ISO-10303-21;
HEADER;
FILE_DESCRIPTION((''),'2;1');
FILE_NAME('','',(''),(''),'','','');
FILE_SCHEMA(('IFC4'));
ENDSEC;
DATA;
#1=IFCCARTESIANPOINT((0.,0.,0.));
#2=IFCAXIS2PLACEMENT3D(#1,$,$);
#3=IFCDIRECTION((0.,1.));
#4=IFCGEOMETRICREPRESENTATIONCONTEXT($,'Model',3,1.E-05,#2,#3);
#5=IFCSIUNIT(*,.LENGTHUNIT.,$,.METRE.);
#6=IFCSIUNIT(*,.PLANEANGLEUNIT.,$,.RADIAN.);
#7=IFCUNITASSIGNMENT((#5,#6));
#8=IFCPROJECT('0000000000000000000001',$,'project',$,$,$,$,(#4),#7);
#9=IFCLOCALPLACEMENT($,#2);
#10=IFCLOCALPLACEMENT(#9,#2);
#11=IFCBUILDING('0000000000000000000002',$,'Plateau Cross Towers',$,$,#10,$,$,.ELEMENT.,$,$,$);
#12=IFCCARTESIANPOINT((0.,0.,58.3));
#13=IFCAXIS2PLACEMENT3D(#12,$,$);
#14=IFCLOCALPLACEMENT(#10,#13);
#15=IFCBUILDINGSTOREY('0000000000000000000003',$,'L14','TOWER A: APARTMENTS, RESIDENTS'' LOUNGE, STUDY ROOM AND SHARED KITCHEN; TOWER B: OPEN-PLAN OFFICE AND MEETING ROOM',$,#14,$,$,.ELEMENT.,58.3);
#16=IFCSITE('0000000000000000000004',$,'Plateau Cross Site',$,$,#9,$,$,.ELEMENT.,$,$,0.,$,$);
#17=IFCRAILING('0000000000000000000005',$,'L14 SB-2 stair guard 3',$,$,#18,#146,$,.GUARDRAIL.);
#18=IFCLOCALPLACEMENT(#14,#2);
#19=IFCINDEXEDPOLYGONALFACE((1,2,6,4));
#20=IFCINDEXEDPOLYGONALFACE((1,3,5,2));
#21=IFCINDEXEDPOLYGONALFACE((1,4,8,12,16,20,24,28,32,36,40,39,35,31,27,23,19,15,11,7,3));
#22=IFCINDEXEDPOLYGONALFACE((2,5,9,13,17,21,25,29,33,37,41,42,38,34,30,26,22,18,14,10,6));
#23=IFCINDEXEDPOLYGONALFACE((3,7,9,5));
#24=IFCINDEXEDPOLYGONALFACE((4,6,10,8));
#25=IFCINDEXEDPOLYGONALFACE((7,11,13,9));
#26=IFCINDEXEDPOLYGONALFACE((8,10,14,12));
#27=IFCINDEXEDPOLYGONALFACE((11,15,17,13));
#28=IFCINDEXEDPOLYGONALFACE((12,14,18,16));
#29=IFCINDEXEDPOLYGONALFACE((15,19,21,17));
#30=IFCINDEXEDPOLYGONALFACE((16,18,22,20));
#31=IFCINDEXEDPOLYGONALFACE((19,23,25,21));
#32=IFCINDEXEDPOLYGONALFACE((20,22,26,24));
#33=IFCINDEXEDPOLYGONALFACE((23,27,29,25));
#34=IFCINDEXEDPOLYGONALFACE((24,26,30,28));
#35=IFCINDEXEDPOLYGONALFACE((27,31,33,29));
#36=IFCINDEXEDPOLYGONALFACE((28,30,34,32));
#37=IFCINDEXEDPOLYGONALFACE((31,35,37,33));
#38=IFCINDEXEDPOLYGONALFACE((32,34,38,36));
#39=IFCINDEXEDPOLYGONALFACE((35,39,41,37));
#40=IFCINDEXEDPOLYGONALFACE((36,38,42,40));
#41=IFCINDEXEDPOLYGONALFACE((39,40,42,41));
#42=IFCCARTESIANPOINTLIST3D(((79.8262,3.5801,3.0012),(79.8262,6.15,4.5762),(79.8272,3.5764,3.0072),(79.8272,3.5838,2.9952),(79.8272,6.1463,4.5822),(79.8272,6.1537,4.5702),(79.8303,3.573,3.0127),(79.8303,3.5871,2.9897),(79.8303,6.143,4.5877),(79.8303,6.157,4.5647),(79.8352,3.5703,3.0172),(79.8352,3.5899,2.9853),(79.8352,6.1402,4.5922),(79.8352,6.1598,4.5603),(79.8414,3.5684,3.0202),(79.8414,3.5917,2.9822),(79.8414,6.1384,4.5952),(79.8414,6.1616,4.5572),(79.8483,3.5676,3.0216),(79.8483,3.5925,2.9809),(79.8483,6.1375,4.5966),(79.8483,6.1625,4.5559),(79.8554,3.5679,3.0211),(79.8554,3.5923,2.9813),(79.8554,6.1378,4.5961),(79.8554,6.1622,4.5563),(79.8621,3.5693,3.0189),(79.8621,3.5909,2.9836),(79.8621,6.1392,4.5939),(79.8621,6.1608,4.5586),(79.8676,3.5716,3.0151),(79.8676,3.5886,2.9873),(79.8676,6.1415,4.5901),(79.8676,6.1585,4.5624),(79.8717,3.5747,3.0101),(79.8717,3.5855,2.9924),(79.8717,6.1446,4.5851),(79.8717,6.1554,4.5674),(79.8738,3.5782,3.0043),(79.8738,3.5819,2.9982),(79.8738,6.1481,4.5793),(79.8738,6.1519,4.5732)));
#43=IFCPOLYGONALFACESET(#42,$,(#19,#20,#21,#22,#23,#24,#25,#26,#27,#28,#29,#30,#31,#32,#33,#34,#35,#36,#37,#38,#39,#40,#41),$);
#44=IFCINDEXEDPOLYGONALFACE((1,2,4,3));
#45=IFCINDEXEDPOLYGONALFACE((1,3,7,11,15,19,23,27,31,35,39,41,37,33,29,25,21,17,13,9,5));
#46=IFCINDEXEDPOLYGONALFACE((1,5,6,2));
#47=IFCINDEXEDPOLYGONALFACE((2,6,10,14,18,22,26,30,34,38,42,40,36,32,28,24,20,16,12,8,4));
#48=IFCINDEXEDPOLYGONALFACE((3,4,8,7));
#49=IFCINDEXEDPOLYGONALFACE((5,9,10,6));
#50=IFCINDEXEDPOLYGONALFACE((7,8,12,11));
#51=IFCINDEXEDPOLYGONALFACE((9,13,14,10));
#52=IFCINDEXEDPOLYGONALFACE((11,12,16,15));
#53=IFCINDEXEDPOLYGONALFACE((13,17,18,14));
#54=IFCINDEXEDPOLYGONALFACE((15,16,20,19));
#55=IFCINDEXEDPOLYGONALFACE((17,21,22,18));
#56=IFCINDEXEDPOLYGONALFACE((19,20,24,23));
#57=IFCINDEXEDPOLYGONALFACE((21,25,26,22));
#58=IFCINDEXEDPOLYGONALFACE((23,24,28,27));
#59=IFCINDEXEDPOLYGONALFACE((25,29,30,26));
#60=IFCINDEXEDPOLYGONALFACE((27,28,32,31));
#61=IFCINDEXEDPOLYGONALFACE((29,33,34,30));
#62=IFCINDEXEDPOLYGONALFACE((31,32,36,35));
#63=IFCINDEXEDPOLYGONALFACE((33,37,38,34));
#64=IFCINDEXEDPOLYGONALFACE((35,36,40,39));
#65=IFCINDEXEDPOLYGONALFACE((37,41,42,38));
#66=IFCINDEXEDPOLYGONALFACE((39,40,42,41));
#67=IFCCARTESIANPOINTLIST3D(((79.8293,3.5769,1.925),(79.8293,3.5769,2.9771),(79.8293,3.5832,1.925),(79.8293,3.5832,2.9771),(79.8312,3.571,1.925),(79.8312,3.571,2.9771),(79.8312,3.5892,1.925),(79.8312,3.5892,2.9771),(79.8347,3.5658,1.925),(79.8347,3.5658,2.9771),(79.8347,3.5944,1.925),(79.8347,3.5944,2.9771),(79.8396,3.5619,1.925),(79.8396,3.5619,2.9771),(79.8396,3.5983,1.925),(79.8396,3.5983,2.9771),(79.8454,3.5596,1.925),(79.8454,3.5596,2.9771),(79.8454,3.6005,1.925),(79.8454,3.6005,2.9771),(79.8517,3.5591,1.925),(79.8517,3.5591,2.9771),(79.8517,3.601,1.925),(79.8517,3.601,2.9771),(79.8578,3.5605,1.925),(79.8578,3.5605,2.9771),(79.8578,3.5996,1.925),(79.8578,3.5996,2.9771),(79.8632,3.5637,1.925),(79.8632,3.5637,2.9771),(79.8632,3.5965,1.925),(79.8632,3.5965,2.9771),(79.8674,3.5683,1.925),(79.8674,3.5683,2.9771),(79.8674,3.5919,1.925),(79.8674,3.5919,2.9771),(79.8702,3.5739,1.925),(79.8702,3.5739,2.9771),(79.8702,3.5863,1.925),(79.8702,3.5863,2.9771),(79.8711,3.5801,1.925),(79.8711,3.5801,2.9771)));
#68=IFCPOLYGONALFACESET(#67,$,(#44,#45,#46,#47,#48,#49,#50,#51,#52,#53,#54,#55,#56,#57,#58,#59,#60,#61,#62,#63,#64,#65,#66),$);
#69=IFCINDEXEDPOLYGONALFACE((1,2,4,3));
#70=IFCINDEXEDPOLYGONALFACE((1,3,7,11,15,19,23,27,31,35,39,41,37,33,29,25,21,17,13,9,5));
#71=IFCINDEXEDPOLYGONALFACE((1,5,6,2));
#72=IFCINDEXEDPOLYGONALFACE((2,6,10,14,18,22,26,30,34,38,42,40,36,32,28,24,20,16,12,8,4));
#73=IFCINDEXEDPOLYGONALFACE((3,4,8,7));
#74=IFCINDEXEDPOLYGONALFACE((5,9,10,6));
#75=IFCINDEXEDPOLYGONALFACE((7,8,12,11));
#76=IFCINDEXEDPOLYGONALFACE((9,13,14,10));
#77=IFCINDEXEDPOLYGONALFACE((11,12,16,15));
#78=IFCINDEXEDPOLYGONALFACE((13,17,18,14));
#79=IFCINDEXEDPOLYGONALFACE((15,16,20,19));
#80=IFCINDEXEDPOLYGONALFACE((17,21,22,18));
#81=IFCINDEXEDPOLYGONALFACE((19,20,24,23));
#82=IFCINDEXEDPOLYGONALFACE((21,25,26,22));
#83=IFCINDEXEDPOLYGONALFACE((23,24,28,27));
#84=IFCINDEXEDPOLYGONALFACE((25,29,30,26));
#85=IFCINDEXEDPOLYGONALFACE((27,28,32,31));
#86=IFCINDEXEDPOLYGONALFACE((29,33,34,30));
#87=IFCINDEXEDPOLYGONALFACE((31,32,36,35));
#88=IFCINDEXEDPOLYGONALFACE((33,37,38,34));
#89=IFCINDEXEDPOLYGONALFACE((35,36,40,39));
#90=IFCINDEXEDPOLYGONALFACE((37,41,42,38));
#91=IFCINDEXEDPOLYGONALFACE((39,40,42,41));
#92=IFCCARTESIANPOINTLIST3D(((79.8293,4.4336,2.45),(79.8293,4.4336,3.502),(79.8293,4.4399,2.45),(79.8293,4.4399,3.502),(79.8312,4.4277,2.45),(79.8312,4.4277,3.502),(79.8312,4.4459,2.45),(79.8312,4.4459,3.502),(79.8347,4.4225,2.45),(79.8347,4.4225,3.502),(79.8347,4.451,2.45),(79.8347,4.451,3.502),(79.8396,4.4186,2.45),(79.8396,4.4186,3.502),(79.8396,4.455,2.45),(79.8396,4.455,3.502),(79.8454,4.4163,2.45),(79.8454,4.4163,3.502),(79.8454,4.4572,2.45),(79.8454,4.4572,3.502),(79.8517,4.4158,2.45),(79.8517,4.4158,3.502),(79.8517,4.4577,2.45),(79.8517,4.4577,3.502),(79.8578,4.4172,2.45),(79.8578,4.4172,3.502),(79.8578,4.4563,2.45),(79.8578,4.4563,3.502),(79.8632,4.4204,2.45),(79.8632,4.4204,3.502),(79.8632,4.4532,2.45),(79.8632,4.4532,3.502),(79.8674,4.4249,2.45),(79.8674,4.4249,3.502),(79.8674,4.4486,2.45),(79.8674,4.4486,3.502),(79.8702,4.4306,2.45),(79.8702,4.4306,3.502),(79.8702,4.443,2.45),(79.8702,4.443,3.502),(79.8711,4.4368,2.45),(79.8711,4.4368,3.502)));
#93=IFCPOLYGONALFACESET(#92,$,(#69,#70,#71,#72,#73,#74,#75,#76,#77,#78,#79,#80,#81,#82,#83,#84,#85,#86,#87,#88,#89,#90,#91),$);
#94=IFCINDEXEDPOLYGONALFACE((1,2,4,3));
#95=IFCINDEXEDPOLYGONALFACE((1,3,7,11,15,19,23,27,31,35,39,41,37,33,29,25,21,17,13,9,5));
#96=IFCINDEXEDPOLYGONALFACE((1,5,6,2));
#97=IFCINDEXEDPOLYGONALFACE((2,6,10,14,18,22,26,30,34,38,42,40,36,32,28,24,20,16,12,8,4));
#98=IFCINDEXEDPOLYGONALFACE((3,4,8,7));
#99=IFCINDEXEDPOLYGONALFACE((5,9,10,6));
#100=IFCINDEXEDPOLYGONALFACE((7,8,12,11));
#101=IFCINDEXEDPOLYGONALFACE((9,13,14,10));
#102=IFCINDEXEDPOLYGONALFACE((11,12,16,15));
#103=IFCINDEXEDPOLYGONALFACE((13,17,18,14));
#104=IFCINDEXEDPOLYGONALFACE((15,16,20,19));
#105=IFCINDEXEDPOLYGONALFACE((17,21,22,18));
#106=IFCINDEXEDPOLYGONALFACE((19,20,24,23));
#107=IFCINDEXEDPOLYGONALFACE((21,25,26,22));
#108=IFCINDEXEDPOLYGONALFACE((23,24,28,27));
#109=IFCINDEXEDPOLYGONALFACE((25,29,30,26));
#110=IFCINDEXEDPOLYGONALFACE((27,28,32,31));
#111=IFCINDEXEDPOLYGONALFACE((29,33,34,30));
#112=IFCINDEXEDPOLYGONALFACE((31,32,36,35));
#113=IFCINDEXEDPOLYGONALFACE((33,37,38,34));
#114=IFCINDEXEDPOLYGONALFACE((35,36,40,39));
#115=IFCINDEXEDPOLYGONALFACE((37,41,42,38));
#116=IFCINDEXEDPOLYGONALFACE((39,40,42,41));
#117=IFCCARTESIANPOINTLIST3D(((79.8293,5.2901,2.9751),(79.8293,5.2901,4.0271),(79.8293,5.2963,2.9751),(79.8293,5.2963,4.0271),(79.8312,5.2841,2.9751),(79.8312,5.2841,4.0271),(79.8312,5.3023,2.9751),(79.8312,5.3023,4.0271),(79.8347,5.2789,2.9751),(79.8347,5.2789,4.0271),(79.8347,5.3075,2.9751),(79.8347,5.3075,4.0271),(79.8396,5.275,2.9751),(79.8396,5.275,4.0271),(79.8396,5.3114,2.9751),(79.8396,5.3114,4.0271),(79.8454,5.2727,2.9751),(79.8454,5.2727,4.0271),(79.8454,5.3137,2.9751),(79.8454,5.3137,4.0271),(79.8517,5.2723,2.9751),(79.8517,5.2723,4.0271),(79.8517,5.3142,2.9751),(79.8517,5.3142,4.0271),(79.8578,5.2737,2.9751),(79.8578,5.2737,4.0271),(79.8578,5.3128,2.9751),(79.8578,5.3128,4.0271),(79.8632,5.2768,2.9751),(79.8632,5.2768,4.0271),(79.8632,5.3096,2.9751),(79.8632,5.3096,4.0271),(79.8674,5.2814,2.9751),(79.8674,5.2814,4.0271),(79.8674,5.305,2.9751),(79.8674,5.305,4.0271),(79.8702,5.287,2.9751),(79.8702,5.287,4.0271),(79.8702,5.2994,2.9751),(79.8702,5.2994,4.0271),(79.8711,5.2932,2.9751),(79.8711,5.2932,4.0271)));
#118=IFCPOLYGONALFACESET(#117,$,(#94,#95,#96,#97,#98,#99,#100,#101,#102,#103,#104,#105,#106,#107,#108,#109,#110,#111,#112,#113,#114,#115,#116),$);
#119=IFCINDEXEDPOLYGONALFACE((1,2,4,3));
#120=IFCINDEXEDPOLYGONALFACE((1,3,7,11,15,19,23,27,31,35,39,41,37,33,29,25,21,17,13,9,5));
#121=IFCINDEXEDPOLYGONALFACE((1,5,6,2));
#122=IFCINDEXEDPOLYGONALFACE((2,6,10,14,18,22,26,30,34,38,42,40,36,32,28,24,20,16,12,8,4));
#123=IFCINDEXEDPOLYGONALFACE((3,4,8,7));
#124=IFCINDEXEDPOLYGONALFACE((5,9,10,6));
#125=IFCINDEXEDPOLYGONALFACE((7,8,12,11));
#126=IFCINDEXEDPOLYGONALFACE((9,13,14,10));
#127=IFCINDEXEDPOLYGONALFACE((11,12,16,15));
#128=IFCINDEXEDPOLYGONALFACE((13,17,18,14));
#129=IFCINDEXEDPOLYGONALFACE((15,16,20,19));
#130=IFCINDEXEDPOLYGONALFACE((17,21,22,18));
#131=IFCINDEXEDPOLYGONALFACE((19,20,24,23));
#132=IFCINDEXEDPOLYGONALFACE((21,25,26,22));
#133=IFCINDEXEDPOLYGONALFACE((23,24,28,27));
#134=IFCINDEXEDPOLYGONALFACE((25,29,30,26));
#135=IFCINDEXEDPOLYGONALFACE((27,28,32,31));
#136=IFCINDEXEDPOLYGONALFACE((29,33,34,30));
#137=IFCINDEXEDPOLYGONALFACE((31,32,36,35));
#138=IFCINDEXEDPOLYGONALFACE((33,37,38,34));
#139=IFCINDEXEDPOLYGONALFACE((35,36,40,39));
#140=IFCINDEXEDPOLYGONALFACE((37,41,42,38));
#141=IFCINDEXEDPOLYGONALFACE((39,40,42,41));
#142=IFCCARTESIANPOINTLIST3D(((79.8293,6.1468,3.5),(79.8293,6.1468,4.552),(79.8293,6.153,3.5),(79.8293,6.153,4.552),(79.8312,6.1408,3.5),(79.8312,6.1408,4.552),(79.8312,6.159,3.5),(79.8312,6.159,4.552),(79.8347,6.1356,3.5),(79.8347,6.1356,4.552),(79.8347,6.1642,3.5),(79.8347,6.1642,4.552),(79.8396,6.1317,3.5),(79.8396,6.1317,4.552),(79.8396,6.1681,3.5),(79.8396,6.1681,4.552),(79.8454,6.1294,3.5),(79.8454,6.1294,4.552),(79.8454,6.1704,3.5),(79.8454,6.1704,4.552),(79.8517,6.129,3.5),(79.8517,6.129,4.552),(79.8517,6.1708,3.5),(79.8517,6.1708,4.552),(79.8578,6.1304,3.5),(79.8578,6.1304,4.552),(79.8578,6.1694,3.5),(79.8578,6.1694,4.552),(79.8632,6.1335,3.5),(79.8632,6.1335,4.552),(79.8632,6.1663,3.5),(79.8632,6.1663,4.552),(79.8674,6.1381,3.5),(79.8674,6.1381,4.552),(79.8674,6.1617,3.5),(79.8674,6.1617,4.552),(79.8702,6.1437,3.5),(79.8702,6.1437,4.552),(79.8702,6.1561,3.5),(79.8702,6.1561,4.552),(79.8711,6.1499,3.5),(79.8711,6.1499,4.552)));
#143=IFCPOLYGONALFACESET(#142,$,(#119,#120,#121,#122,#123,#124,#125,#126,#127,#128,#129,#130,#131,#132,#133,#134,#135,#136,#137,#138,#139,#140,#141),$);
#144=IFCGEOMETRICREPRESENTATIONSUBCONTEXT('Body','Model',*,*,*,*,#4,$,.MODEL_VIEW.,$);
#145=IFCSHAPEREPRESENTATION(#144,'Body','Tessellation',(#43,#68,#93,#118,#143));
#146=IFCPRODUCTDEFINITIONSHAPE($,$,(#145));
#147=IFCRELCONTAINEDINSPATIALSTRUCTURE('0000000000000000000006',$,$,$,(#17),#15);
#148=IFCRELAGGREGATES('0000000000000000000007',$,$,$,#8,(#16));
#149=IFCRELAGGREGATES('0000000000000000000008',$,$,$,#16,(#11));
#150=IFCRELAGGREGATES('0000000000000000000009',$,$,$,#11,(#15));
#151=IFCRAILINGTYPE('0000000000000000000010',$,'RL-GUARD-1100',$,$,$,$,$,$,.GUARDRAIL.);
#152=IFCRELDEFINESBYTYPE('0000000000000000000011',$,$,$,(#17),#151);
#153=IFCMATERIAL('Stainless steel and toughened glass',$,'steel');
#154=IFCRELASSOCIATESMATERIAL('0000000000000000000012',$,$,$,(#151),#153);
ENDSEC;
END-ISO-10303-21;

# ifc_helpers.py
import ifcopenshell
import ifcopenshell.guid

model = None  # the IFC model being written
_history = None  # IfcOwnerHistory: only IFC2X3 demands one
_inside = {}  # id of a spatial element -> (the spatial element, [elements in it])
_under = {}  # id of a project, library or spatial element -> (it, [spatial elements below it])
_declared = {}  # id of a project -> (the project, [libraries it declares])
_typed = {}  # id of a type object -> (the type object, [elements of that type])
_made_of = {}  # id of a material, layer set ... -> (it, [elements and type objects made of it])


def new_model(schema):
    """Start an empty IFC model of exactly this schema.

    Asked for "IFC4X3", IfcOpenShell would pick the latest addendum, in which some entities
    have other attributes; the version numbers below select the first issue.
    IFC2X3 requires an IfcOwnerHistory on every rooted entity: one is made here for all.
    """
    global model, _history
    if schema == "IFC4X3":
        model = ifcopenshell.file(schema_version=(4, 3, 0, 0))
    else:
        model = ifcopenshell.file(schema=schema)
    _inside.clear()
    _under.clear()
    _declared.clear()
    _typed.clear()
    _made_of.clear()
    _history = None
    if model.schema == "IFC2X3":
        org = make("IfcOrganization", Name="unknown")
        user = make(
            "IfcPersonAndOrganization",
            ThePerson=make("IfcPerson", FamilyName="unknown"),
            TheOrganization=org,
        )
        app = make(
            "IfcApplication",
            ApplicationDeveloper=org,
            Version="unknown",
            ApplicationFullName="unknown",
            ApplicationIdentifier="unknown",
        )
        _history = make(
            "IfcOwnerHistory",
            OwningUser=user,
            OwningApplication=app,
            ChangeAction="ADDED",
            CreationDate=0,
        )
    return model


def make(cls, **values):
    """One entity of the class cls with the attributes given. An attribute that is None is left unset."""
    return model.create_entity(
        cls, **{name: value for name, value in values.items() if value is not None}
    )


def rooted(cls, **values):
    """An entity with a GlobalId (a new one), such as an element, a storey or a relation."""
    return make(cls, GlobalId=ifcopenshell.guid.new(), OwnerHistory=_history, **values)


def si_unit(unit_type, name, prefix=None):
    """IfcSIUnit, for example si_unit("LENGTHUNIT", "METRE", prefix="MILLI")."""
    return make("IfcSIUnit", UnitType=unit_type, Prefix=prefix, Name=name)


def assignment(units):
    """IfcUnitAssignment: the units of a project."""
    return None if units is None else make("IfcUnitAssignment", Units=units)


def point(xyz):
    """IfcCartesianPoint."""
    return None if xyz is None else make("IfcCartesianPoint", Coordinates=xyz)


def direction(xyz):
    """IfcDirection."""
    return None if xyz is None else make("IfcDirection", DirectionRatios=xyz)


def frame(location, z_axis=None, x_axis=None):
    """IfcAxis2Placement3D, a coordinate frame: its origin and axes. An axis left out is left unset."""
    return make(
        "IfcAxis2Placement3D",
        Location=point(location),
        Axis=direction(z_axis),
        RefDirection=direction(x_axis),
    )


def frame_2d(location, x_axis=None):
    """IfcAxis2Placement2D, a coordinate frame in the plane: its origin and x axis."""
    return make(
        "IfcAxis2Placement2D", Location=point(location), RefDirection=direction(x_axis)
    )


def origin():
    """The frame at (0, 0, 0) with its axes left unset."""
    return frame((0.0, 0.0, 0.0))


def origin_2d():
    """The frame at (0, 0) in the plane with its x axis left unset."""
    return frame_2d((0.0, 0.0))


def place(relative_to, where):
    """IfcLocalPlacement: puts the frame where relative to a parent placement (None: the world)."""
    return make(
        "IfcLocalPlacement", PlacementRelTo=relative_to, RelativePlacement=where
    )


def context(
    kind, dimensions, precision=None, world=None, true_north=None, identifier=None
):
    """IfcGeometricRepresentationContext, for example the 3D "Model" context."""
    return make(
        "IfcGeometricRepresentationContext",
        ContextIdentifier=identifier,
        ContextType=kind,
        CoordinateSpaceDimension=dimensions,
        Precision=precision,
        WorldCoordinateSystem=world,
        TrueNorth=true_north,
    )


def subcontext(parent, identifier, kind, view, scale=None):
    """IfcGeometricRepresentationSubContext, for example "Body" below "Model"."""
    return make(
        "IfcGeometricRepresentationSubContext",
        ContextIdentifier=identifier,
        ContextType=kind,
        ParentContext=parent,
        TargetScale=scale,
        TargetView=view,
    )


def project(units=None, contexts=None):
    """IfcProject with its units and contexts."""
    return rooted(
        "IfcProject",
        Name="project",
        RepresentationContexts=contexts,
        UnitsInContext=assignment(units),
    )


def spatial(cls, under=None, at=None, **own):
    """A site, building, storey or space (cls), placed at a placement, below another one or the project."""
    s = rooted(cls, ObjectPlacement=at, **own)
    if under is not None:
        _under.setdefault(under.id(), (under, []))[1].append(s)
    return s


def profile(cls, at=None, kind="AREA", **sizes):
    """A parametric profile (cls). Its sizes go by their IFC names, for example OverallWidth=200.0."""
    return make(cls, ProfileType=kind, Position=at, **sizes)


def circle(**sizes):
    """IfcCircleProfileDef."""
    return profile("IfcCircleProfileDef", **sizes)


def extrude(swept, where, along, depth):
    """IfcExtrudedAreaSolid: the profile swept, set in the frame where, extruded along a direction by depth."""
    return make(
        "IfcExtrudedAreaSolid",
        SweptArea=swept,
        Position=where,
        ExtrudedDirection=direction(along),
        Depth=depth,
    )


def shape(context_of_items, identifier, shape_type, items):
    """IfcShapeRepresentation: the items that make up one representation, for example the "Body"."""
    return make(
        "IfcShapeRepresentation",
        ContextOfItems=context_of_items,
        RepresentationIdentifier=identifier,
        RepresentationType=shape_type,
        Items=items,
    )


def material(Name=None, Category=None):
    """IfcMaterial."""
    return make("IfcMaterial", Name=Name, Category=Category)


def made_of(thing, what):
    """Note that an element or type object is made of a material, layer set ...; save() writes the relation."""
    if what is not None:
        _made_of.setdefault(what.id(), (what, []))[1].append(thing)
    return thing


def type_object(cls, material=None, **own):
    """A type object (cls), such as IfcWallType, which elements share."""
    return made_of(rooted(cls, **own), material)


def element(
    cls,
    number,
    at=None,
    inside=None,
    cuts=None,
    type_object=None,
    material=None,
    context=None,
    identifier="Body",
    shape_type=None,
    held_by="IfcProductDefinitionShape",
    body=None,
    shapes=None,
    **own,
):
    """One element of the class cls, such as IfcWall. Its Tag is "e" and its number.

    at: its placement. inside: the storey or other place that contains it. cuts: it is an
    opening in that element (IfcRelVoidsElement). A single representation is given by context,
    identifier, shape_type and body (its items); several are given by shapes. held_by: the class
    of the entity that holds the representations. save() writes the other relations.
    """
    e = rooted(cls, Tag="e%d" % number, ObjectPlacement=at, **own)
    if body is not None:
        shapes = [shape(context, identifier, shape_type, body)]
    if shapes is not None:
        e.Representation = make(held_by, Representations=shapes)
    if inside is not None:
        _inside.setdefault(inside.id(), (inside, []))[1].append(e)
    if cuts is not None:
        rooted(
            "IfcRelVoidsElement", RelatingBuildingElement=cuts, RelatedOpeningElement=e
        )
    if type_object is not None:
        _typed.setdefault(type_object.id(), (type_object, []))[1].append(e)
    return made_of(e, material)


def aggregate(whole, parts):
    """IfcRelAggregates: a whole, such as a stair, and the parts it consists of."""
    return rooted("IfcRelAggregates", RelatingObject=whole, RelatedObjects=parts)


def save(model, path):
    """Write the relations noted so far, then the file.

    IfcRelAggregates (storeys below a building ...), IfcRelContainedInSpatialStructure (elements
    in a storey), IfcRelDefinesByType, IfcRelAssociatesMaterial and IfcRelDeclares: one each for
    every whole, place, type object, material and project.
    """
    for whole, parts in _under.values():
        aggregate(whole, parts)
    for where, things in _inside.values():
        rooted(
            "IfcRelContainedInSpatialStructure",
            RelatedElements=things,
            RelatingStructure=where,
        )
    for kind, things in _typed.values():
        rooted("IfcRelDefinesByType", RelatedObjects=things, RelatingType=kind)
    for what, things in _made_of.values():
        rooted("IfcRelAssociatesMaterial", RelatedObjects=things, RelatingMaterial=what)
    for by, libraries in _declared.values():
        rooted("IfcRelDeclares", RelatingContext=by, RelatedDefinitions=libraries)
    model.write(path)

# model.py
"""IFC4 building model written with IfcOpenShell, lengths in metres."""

from ifc_helpers import new_model, si_unit, direction, frame, origin, origin_2d, place, context, subcontext, project, spatial, circle, extrude, material, type_object, element, save


model = new_model("IFC4")

# Units and contexts
model_context = context("Model", 3, precision=1e-05, world=origin(), true_north=direction((0.0, 1.0)))
body_context = subcontext(model_context, "Body", "Model", "MODEL_VIEW")
ifc_project = project(units=[si_unit("LENGTHUNIT", "METRE"), si_unit("PLANEANGLEUNIT", "RADIAN")], contexts=[model_context])

# Site, building, storey
site_placement = place(None, origin())
site = spatial("IfcSite", under=ifc_project, at=site_placement, Name="Plateau Cross Site", CompositionType="ELEMENT", RefElevation=0.0)
building_placement = place(site_placement, origin())
building = spatial("IfcBuilding", under=site, at=building_placement, Name="Plateau Cross Towers", CompositionType="ELEMENT")
storey_placement = place(building_placement, frame((0.0, 0.0, 58.3)))
storey = spatial("IfcBuildingStorey", under=building, at=storey_placement, Name="L14", Description="TOWER A: APARTMENTS, RESIDENTS' LOUNGE, STUDY ROOM AND SHARED KITCHEN; TOWER B: OPEN-PLAN OFFICE AND MEETING ROOM", CompositionType="ELEMENT", Elevation=58.3)

# Railing
ifc_material_1 = material(Name="Stainless steel and toughened glass", Category="steel")
railing_type_1 = type_object("IfcRailingType", Name="RL-GUARD-1100", PredefinedType="GUARDRAIL", material=ifc_material_1)
railing_1_placement = place(storey_placement, frame((79.8501, 3.5801, 1.925)))
element("IfcRailing", 1, at=railing_1_placement, inside=storey, type_object=railing_type_1, Name="L14 SB-2 stair guard 3", PredefinedType="GUARDRAIL", context=body_context, shape_type="SweptSolid", body=[
    extrude(circle(Radius=0.0239, at=origin_2d()), frame((0.0, 0.0, 1.0762), z_axis=(0.0, 0.852616, 0.522537), x_axis=(-1.0, 0.0, 0.0)), (0.0, 0.0, 1.0), 3.0142),
    extrude(circle(Radius=0.021, at=origin_2d()), origin(), (0.0, 0.0, 1.0), 1.052),
    extrude(circle(Radius=0.021, at=origin_2d()), frame((0.0, 0.8567, 0.5249)), (0.0, 0.0, 1.0), 1.052),
    extrude(circle(Radius=0.021, at=origin_2d()), frame((0.0, 1.7131, 1.05)), (0.0, 0.0, 1.0), 1.052),
    extrude(circle(Radius=0.021, at=origin_2d()), frame((0.0, 2.5698, 1.575)), (0.0, 0.0, 1.0), 1.052),
])

save(model, "model.ifc")
